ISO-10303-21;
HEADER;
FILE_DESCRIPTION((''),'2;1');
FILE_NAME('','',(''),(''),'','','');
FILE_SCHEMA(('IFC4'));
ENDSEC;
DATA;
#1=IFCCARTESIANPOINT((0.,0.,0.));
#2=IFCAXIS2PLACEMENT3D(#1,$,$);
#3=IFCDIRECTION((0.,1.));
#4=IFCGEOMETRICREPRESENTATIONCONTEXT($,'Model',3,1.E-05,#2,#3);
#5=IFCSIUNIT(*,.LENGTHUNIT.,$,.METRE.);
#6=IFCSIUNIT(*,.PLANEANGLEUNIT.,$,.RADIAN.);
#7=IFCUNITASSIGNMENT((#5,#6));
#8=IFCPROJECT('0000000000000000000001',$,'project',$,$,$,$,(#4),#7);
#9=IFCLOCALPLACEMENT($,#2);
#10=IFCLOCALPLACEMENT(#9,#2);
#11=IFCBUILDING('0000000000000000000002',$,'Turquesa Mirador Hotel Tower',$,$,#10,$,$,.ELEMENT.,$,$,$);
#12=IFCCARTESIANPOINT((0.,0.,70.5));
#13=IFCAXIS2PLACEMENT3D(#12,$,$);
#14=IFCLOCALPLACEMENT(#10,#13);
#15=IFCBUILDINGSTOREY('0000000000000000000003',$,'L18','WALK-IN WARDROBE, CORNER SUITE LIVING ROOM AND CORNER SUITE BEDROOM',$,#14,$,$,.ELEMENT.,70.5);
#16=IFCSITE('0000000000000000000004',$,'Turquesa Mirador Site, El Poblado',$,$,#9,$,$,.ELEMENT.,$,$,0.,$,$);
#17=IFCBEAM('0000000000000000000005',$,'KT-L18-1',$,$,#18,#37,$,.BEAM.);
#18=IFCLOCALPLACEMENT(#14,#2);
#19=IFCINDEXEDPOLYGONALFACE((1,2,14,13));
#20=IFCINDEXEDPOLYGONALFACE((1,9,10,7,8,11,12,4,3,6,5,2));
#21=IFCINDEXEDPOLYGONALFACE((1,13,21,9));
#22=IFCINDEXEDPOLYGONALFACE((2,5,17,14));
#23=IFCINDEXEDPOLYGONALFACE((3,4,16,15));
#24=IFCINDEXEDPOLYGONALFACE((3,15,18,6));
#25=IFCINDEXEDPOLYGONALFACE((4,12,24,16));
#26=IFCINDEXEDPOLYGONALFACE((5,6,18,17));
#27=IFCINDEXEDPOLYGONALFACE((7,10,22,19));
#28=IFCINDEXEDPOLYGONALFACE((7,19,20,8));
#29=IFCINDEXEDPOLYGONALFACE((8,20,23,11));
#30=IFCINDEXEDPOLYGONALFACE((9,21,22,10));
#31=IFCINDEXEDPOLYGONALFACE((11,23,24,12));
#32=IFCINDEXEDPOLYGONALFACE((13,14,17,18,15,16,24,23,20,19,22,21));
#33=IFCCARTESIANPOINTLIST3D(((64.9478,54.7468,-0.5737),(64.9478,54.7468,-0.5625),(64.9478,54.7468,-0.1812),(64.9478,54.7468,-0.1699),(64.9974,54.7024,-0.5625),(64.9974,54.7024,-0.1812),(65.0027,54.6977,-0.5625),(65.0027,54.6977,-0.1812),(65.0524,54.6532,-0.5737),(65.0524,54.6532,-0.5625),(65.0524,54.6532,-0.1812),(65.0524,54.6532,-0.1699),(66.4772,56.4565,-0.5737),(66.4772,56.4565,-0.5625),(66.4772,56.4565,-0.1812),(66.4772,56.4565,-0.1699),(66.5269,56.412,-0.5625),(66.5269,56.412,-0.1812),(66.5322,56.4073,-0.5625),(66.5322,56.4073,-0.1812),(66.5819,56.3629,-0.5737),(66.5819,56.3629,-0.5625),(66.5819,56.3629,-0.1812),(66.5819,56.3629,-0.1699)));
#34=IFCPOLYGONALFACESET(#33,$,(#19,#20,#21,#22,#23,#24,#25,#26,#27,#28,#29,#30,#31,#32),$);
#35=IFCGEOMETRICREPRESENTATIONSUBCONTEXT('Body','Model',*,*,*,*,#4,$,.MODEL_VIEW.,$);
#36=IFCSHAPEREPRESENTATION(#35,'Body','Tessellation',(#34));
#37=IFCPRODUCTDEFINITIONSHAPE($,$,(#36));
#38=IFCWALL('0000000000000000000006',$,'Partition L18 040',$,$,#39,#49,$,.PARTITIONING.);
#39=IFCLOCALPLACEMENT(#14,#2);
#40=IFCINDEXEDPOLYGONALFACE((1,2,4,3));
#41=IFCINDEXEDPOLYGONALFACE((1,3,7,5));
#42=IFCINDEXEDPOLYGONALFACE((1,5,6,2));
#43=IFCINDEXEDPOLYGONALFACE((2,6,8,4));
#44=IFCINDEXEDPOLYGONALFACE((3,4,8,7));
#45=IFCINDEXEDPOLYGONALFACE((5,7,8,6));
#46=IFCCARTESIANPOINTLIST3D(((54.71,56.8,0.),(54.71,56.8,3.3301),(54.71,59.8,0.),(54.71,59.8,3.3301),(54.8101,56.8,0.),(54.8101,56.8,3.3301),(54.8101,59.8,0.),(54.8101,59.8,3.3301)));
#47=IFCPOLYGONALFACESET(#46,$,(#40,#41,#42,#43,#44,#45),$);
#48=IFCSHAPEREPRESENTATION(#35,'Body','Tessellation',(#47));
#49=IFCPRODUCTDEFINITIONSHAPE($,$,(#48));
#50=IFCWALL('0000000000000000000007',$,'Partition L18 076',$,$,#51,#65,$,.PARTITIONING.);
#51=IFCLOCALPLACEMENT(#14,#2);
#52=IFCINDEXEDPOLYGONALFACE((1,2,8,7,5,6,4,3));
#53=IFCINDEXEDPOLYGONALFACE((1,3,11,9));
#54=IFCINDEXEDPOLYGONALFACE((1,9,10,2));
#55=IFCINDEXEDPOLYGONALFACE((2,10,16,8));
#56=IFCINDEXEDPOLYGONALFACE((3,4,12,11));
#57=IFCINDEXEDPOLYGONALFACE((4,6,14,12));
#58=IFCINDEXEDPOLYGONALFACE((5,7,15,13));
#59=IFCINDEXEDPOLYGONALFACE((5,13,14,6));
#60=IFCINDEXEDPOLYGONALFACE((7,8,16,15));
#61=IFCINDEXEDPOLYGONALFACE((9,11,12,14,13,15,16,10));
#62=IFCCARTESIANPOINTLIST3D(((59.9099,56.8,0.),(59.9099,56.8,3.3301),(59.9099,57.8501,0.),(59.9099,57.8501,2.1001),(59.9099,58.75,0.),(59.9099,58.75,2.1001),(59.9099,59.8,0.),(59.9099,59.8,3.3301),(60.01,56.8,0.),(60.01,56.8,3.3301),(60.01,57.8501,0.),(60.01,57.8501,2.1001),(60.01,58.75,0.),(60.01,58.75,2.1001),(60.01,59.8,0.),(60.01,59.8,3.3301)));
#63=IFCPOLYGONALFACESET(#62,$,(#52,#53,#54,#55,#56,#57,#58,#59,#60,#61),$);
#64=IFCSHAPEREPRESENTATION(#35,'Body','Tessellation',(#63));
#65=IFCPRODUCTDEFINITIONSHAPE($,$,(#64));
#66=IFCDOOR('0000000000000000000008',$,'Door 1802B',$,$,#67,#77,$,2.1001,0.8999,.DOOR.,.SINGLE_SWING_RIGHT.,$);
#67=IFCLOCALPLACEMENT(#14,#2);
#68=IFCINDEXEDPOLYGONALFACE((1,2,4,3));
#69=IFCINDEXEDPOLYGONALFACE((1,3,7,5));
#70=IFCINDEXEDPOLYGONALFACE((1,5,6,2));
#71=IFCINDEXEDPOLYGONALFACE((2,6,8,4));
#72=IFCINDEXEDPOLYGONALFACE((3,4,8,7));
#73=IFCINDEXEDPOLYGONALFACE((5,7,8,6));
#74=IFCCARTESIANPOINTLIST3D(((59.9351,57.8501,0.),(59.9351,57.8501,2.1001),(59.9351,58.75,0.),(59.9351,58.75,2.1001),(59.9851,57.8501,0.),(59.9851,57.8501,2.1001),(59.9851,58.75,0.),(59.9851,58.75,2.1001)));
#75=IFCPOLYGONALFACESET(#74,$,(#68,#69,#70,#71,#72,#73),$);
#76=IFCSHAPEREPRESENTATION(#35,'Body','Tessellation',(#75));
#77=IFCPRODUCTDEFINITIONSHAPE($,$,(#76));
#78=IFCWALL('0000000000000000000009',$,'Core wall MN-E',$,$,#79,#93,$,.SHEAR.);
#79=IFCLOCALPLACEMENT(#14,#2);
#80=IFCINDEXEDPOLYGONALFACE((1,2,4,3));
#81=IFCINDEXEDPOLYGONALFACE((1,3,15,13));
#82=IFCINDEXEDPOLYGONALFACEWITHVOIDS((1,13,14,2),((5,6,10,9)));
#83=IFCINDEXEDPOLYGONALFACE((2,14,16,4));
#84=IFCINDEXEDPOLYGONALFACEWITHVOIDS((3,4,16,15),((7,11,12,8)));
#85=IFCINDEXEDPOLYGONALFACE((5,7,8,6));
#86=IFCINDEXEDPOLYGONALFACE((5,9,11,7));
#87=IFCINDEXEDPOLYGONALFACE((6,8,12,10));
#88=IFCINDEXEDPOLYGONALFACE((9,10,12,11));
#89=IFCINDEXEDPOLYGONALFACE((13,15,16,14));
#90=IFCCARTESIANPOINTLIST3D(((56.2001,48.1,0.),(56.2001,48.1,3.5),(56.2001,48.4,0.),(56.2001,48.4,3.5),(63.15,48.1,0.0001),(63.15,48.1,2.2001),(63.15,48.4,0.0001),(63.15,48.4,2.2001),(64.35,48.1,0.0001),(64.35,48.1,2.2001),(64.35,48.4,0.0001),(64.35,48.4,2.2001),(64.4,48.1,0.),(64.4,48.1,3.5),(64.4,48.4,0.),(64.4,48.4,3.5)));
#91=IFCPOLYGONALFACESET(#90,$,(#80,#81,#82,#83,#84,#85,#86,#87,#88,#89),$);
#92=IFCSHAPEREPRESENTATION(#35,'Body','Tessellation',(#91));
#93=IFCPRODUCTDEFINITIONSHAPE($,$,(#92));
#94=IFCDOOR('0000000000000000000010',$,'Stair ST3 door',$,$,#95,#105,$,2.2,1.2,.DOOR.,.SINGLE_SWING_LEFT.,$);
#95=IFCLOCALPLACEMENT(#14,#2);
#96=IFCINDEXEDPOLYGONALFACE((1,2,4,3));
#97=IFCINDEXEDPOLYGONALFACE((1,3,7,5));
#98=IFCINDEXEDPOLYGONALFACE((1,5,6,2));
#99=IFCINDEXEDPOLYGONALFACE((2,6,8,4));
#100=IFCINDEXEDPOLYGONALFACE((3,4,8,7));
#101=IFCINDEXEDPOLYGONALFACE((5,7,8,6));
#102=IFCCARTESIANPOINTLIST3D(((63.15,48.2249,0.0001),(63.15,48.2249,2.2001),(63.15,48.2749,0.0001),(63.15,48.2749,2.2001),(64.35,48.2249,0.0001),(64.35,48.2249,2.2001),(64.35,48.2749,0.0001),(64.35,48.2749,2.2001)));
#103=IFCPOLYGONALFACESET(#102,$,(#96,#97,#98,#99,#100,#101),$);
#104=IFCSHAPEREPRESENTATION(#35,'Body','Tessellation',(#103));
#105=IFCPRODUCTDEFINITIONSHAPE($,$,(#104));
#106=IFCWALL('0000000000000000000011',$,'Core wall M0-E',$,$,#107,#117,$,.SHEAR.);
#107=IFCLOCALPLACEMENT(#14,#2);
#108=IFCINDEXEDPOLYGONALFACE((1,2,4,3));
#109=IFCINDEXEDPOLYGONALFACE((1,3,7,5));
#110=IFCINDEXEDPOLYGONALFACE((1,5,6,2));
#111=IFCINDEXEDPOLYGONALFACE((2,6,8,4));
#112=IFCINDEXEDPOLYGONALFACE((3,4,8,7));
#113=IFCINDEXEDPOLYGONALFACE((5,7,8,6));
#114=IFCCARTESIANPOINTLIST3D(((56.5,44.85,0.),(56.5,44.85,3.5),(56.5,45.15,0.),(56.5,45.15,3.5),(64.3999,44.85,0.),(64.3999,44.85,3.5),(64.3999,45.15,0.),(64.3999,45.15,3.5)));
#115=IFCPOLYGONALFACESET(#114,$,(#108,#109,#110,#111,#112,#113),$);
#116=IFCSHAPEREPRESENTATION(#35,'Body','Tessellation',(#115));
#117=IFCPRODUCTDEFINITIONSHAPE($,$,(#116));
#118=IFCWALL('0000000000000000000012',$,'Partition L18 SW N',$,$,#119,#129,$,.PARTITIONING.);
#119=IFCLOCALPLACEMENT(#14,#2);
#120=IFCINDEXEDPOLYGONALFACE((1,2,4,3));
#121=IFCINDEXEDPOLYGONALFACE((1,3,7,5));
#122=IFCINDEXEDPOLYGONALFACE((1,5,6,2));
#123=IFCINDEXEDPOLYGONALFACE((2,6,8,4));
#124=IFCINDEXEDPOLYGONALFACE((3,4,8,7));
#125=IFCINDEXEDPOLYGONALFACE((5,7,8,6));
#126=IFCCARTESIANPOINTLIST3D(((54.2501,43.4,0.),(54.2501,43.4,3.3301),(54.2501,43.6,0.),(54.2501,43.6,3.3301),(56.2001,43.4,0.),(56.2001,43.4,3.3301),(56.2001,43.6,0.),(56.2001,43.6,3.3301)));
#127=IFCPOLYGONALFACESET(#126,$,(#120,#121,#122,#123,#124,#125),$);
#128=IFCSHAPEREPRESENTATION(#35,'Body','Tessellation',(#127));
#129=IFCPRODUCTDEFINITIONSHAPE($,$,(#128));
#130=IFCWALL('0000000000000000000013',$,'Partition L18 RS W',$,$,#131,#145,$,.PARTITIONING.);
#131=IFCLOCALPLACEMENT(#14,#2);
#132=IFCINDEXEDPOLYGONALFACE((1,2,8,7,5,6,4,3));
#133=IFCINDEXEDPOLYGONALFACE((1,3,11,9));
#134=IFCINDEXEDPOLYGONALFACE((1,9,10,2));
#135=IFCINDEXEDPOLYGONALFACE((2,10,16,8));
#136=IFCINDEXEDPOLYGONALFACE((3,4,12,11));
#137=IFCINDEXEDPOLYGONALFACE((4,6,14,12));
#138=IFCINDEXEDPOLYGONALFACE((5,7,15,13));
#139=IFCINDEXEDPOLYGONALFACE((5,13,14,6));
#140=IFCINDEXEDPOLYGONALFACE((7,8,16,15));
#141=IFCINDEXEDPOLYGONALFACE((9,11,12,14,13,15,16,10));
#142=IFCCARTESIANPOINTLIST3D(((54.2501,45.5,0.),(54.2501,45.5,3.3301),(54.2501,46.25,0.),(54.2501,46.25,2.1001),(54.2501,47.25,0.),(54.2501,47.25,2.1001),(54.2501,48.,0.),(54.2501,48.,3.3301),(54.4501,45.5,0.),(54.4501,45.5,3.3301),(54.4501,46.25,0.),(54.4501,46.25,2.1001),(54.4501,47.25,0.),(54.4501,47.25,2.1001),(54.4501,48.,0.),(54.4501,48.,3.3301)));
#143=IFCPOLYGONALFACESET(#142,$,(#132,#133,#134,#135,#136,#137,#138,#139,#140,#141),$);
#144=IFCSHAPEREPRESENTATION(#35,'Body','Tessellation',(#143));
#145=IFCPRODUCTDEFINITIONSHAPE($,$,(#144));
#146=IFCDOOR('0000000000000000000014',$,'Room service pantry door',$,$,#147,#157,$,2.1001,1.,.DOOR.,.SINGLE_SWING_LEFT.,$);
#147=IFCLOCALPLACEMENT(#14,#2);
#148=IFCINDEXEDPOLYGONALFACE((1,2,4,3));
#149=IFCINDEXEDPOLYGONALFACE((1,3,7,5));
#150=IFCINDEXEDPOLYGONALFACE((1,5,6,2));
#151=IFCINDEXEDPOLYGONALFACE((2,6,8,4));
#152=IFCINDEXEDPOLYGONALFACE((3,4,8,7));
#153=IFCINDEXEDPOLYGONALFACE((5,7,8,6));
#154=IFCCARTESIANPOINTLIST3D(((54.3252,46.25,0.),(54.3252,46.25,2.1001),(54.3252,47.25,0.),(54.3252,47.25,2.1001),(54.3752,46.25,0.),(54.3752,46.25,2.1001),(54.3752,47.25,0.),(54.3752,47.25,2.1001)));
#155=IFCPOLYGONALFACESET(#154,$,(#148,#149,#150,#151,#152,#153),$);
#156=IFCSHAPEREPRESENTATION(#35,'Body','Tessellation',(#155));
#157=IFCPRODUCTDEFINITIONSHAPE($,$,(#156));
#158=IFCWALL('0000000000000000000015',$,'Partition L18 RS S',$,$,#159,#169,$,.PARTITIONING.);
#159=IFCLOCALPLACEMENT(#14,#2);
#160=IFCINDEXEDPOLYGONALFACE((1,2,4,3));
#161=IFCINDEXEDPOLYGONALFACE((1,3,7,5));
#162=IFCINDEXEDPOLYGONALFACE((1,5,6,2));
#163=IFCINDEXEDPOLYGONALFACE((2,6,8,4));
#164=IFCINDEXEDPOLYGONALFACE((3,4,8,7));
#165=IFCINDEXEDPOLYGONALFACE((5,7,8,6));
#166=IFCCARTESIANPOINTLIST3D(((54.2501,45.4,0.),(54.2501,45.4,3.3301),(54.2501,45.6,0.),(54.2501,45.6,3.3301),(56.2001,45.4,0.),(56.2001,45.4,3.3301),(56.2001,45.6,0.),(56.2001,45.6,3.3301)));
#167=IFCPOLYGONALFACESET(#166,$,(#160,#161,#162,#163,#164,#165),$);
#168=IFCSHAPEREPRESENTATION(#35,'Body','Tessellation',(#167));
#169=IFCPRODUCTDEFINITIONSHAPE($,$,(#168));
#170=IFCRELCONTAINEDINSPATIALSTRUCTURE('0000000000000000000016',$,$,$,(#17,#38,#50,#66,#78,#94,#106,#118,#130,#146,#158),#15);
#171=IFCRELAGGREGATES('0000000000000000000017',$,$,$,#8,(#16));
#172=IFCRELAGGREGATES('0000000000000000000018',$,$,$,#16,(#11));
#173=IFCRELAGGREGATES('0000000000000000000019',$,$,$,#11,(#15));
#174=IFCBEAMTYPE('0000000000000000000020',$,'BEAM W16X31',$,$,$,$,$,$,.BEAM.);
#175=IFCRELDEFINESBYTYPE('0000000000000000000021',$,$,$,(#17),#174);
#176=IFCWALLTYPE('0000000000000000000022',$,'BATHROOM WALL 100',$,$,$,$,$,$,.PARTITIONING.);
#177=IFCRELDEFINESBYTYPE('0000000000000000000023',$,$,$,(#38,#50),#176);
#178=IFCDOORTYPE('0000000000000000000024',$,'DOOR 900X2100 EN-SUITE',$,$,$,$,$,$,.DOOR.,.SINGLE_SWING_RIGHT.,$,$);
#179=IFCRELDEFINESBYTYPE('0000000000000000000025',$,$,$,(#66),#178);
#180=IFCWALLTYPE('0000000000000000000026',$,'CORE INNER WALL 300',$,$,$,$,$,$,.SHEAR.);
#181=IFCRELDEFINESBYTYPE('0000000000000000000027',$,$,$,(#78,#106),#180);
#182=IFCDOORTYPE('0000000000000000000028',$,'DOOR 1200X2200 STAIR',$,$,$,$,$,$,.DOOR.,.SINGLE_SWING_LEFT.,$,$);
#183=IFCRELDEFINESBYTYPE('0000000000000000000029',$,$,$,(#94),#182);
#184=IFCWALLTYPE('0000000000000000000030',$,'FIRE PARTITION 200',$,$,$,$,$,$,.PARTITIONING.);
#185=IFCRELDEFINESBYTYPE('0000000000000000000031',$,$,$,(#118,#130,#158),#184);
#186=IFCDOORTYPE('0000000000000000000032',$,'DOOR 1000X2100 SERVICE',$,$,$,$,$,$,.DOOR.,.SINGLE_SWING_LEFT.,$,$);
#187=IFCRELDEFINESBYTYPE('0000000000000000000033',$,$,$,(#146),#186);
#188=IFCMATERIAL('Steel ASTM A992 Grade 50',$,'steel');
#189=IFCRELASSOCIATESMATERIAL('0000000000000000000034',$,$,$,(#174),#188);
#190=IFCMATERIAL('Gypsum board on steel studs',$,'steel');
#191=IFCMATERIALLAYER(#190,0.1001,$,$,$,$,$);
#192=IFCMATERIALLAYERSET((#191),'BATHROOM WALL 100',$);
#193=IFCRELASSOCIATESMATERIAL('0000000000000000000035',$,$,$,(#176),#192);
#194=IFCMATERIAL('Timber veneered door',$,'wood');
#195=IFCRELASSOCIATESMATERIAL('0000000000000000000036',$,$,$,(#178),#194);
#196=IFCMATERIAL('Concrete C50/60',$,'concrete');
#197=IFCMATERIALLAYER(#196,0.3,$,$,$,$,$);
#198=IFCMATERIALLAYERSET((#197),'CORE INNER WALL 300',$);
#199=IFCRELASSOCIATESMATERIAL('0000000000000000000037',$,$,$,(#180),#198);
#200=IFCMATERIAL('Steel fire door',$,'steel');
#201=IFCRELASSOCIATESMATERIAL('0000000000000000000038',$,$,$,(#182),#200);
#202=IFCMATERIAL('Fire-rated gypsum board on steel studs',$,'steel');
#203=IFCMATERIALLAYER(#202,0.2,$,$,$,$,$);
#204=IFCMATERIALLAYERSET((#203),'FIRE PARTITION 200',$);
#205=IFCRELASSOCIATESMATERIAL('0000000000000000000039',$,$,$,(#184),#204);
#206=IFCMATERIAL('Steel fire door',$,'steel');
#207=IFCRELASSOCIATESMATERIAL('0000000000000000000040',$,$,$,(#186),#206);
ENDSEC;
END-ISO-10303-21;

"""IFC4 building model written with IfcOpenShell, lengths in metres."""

from ifc_helpers import new_model, si_unit, direction, frame, frame_2d, origin, origin_2d, place, context, subcontext, project, spatial, rectangle, i_section, extrude, material, layer, layer_set, material_profile, profile_set, type_object, element, fill, save


model = new_model("IFC4")

# Units and contexts
model_context = context("Model", 3, precision=1e-05, world=origin(), true_north=direction((0.0, 1.0)))
body_context = subcontext(model_context, "Body", "Model", "MODEL_VIEW")
ifc_project = project(units=[si_unit("LENGTHUNIT", "METRE"), si_unit("PLANEANGLEUNIT", "RADIAN")], contexts=[model_context])

# Site, building, storey
site_placement = place(None, origin())
site = spatial("IfcSite", under=ifc_project, at=site_placement, Name="Turquesa Mirador Site, El Poblado", CompositionType="ELEMENT", RefElevation=0.0)
building_placement = place(site_placement, origin())
building = spatial("IfcBuilding", under=site, at=building_placement, Name="Turquesa Mirador Hotel Tower", CompositionType="ELEMENT")
storey_placement = place(building_placement, frame((0.0, 0.0, 70.5)))
storey = spatial("IfcBuildingStorey", under=building, at=storey_placement, Name="L18", Description="WALK-IN WARDROBE, CORNER SUITE LIVING ROOM AND CORNER SUITE BEDROOM", CompositionType="ELEMENT", Elevation=70.5)

# Beam
ifc_material_1 = material(Name="Steel ASTM A992 Grade 50", Category="steel")
ifc_material_profile = material_profile(ifc_material_1, i_section(OverallWidth=0.1404, OverallDepth=0.4038, WebThickness=0.0071, FlangeThickness=0.0112, at=origin_2d()), Name="W16X31")
ifc_profile_set = profile_set([ifc_material_profile], Name="Steel ASTM A992 Grade 50")
beam_type = type_object("IfcBeamType", Name="BEAM W16X31", PredefinedType="BEAM", material=ifc_profile_set)
beam_placement = place(storey_placement, frame((66.5295, 56.4097, -0.3718), z_axis=(-0.666745, -0.745286, 0.0), x_axis=(0.745286, -0.666745, 0.0)))
element("IfcBeam", 1, at=beam_placement, inside=storey, type_object=beam_type, Name="KT-L18-1", PredefinedType="BEAM", context=body_context, shape_type="SweptSolid", body=[
    extrude(i_section(OverallWidth=0.1404, OverallDepth=0.4038, WebThickness=0.0071, FlangeThickness=0.0112, at=origin_2d()), origin(), (0.0, 0.0, 1.0), 2.2939),
])

# Wall
ifc_material_2 = material(Name="Gypsum board on steel studs", Category="steel")
ifc_layer_1 = layer(ifc_material_2, 0.1001)
ifc_layer_set_1 = layer_set([ifc_layer_1], Name="BATHROOM WALL 100")
wall_type_1 = type_object("IfcWallType", Name="BATHROOM WALL 100", PredefinedType="PARTITIONING", material=ifc_layer_set_1)
wall_1_placement = place(storey_placement, frame((54.76, 56.8, 0.0), z_axis=(0.0, 0.0, 1.0), x_axis=(0.0, 1.0, 0.0)))
element("IfcWall", 2, at=wall_1_placement, inside=storey, type_object=wall_type_1, Name="Partition L18 040", PredefinedType="PARTITIONING", context=body_context, shape_type="SweptSolid", body=[
    extrude(rectangle(XDim=3.0, YDim=0.1001, at=frame_2d((1.5, 0.0))), origin(), (0.0, 0.0, 1.0), 3.3301),
])

# Walls, openings, doors
wall_2_placement = place(storey_placement, frame((59.96, 56.8, 0.0), z_axis=(0.0, 0.0, 1.0), x_axis=(0.0, 1.0, 0.0)))
wall_2 = element("IfcWall", 3, at=wall_2_placement, inside=storey, type_object=wall_type_1, Name="Partition L18 076", PredefinedType="PARTITIONING", context=body_context, shape_type="SweptSolid", body=[
    extrude(rectangle(XDim=3.0, YDim=0.1001, at=frame_2d((1.5, 0.0))), origin(), (0.0, 0.0, 1.0), 3.3301),
])
opening_1_placement = place(wall_2_placement, frame((1.05, 0.0, 0.0)))
opening_1 = element("IfcOpeningElement", 4, at=opening_1_placement, cuts=wall_2, PredefinedType="OPENING", context=body_context, shape_type="SweptSolid", body=[
    extrude(rectangle(XDim=0.8999, YDim=2.1001, at=frame_2d((0.45, 1.05))), frame((0.0, 0.0601, 0.0), z_axis=(0.0, -1.0, 0.0), x_axis=(1.0, 0.0, 0.0)), (0.0, 0.0, 1.0), 0.1201),
])
ifc_material_3 = material(Name="Timber veneered door", Category="wood")
door_type_1 = type_object("IfcDoorType", Name="DOOR 900X2100 EN-SUITE", OperationType="SINGLE_SWING_RIGHT", PredefinedType="DOOR", material=ifc_material_3)
door_1_placement = place(opening_1_placement, origin())
door_1 = element("IfcDoor", 5, at=door_1_placement, inside=storey, type_object=door_type_1, Name="Door 1802B", OperationType="SINGLE_SWING_RIGHT", OverallHeight=2.1001, OverallWidth=0.8999, PredefinedType="DOOR", context=body_context, shape_type="SweptSolid", body=[
    extrude(rectangle(XDim=0.8999, YDim=2.1001, at=frame_2d((0.45, 1.05))), frame((0.0, 0.0249, 0.0), z_axis=(0.0, -1.0, 0.0), x_axis=(1.0, 0.0, 0.0)), (0.0, 0.0, 1.0), 0.05),
])
fill(opening_1, door_1)
ifc_material_4 = material(Name="Concrete C50/60", Category="concrete")
ifc_layer_2 = layer(ifc_material_4, 0.3)
ifc_layer_set_2 = layer_set([ifc_layer_2], Name="CORE INNER WALL 300")
wall_type_2 = type_object("IfcWallType", Name="CORE INNER WALL 300", PredefinedType="SHEAR", material=ifc_layer_set_2)
wall_3_placement = place(storey_placement, frame((56.2, 48.25, 0.0), z_axis=(0.0, 0.0, 1.0), x_axis=(1.0, 0.0, 0.0)))
wall_3 = element("IfcWall", 6, at=wall_3_placement, inside=storey, type_object=wall_type_2, Name="Core wall MN-E", PredefinedType="SHEAR", context=body_context, shape_type="SweptSolid", body=[
    extrude(rectangle(XDim=8.2, YDim=0.3, at=frame_2d((4.1001, 0.0))), origin(), (0.0, 0.0, 1.0), 3.5),
])
opening_2_placement = place(wall_3_placement, frame((6.95, 0.0, 0.0)))
opening_2 = element("IfcOpeningElement", 7, at=opening_2_placement, cuts=wall_3, PredefinedType="OPENING", context=body_context, shape_type="SweptSolid", body=[
    extrude(rectangle(XDim=1.2, YDim=2.2, at=frame_2d((0.6001, 1.1001))), frame((0.0, 0.1599, 0.0), z_axis=(0.0, -1.0, 0.0), x_axis=(1.0, 0.0, 0.0)), (0.0, 0.0, 1.0), 0.3201),
])
ifc_material_5 = material(Name="Steel fire door", Category="steel")
door_type_2 = type_object("IfcDoorType", Name="DOOR 1200X2200 STAIR", OperationType="SINGLE_SWING_LEFT", PredefinedType="DOOR", material=ifc_material_5)
door_2_placement = place(opening_2_placement, origin())
door_2 = element("IfcDoor", 8, at=door_2_placement, inside=storey, type_object=door_type_2, Name="Stair ST3 door", OperationType="SINGLE_SWING_LEFT", OverallHeight=2.2, OverallWidth=1.2, PredefinedType="DOOR", context=body_context, shape_type="SweptSolid", body=[
    extrude(rectangle(XDim=1.2, YDim=2.2, at=frame_2d((0.6001, 1.1001))), frame((0.0, 0.0249, 0.0), z_axis=(0.0, -1.0, 0.0), x_axis=(1.0, 0.0, 0.0)), (0.0, 0.0, 1.0), 0.05),
])
fill(opening_2, door_2)

# Walls
wall_4_placement = place(storey_placement, frame((56.5, 45.0, 0.0), z_axis=(0.0, 0.0, 1.0), x_axis=(1.0, 0.0, 0.0)))
element("IfcWall", 9, at=wall_4_placement, inside=storey, type_object=wall_type_2, Name="Core wall M0-E", PredefinedType="SHEAR", context=body_context, shape_type="SweptSolid", body=[
    extrude(rectangle(XDim=7.8999, YDim=0.3, at=frame_2d((3.95, 0.0))), origin(), (0.0, 0.0, 1.0), 3.5),
])
ifc_material_6 = material(Name="Fire-rated gypsum board on steel studs", Category="steel")
ifc_layer_3 = layer(ifc_material_6, 0.2)
ifc_layer_set_3 = layer_set([ifc_layer_3], Name="FIRE PARTITION 200")
wall_type_3 = type_object("IfcWallType", Name="FIRE PARTITION 200", PredefinedType="PARTITIONING", material=ifc_layer_set_3)
wall_5_placement = place(storey_placement, frame((54.25, 43.5, 0.0), z_axis=(0.0, 0.0, 1.0), x_axis=(1.0, 0.0, 0.0)))
element("IfcWall", 10, at=wall_5_placement, inside=storey, type_object=wall_type_3, Name="Partition L18 SW N", PredefinedType="PARTITIONING", context=body_context, shape_type="SweptSolid", body=[
    extrude(rectangle(XDim=1.95, YDim=0.2, at=frame_2d((0.9751, 0.0))), origin(), (0.0, 0.0, 1.0), 3.3301),
])

# Wall, opening, door
wall_6_placement = place(storey_placement, frame((54.3501, 45.5, 0.0), z_axis=(0.0, 0.0, 1.0), x_axis=(0.0, 1.0, 0.0)))
wall_6 = element("IfcWall", 11, at=wall_6_placement, inside=storey, type_object=wall_type_3, Name="Partition L18 RS W", PredefinedType="PARTITIONING", context=body_context, shape_type="SweptSolid", body=[
    extrude(rectangle(XDim=2.5, YDim=0.2, at=frame_2d((1.25, 0.0))), origin(), (0.0, 0.0, 1.0), 3.3301),
])
opening_3_placement = place(wall_6_placement, frame((0.75, 0.0, 0.0)))
opening_3 = element("IfcOpeningElement", 12, at=opening_3_placement, cuts=wall_6, PredefinedType="OPENING", context=body_context, shape_type="SweptSolid", body=[
    extrude(rectangle(XDim=1.0, YDim=2.1001, at=frame_2d((0.5, 1.05))), frame((0.0, 0.1099, 0.0), z_axis=(0.0, -1.0, 0.0), x_axis=(1.0, 0.0, 0.0)), (0.0, 0.0, 1.0), 0.22),
])
ifc_material_7 = material(Name="Steel fire door", Category="steel")
door_type_3 = type_object("IfcDoorType", Name="DOOR 1000X2100 SERVICE", OperationType="SINGLE_SWING_LEFT", PredefinedType="DOOR", material=ifc_material_7)
door_3_placement = place(opening_3_placement, origin())
door_3 = element("IfcDoor", 13, at=door_3_placement, inside=storey, type_object=door_type_3, Name="Room service pantry door", OperationType="SINGLE_SWING_LEFT", OverallHeight=2.1001, OverallWidth=1.0, PredefinedType="DOOR", context=body_context, shape_type="SweptSolid", body=[
    extrude(rectangle(XDim=1.0, YDim=2.1001, at=frame_2d((0.5, 1.05))), frame((0.0, 0.0249, 0.0), z_axis=(0.0, -1.0, 0.0), x_axis=(1.0, 0.0, 0.0)), (0.0, 0.0, 1.0), 0.05),
])
fill(opening_3, door_3)

# Wall
for number, where, z_axis, x_axis, name in (
    (14, (54.25, 45.5, 0.0), (0.0, 0.0, 1.0), (1.0, 0.0, 0.0), "Partition L18 RS S"),
):
    element("IfcWall", number, at=place(storey_placement, frame(where, z_axis=z_axis, x_axis=x_axis)), inside=storey, type_object=wall_type_3, Name=name, PredefinedType="PARTITIONING", context=body_context, shape_type="SweptSolid", body=[
        extrude(rectangle(XDim=1.95, YDim=0.2, at=frame_2d((0.9751, 0.0))), origin(), (0.0, 0.0, 1.0), 3.3301),
    ])

save(model, "model.ifc")
